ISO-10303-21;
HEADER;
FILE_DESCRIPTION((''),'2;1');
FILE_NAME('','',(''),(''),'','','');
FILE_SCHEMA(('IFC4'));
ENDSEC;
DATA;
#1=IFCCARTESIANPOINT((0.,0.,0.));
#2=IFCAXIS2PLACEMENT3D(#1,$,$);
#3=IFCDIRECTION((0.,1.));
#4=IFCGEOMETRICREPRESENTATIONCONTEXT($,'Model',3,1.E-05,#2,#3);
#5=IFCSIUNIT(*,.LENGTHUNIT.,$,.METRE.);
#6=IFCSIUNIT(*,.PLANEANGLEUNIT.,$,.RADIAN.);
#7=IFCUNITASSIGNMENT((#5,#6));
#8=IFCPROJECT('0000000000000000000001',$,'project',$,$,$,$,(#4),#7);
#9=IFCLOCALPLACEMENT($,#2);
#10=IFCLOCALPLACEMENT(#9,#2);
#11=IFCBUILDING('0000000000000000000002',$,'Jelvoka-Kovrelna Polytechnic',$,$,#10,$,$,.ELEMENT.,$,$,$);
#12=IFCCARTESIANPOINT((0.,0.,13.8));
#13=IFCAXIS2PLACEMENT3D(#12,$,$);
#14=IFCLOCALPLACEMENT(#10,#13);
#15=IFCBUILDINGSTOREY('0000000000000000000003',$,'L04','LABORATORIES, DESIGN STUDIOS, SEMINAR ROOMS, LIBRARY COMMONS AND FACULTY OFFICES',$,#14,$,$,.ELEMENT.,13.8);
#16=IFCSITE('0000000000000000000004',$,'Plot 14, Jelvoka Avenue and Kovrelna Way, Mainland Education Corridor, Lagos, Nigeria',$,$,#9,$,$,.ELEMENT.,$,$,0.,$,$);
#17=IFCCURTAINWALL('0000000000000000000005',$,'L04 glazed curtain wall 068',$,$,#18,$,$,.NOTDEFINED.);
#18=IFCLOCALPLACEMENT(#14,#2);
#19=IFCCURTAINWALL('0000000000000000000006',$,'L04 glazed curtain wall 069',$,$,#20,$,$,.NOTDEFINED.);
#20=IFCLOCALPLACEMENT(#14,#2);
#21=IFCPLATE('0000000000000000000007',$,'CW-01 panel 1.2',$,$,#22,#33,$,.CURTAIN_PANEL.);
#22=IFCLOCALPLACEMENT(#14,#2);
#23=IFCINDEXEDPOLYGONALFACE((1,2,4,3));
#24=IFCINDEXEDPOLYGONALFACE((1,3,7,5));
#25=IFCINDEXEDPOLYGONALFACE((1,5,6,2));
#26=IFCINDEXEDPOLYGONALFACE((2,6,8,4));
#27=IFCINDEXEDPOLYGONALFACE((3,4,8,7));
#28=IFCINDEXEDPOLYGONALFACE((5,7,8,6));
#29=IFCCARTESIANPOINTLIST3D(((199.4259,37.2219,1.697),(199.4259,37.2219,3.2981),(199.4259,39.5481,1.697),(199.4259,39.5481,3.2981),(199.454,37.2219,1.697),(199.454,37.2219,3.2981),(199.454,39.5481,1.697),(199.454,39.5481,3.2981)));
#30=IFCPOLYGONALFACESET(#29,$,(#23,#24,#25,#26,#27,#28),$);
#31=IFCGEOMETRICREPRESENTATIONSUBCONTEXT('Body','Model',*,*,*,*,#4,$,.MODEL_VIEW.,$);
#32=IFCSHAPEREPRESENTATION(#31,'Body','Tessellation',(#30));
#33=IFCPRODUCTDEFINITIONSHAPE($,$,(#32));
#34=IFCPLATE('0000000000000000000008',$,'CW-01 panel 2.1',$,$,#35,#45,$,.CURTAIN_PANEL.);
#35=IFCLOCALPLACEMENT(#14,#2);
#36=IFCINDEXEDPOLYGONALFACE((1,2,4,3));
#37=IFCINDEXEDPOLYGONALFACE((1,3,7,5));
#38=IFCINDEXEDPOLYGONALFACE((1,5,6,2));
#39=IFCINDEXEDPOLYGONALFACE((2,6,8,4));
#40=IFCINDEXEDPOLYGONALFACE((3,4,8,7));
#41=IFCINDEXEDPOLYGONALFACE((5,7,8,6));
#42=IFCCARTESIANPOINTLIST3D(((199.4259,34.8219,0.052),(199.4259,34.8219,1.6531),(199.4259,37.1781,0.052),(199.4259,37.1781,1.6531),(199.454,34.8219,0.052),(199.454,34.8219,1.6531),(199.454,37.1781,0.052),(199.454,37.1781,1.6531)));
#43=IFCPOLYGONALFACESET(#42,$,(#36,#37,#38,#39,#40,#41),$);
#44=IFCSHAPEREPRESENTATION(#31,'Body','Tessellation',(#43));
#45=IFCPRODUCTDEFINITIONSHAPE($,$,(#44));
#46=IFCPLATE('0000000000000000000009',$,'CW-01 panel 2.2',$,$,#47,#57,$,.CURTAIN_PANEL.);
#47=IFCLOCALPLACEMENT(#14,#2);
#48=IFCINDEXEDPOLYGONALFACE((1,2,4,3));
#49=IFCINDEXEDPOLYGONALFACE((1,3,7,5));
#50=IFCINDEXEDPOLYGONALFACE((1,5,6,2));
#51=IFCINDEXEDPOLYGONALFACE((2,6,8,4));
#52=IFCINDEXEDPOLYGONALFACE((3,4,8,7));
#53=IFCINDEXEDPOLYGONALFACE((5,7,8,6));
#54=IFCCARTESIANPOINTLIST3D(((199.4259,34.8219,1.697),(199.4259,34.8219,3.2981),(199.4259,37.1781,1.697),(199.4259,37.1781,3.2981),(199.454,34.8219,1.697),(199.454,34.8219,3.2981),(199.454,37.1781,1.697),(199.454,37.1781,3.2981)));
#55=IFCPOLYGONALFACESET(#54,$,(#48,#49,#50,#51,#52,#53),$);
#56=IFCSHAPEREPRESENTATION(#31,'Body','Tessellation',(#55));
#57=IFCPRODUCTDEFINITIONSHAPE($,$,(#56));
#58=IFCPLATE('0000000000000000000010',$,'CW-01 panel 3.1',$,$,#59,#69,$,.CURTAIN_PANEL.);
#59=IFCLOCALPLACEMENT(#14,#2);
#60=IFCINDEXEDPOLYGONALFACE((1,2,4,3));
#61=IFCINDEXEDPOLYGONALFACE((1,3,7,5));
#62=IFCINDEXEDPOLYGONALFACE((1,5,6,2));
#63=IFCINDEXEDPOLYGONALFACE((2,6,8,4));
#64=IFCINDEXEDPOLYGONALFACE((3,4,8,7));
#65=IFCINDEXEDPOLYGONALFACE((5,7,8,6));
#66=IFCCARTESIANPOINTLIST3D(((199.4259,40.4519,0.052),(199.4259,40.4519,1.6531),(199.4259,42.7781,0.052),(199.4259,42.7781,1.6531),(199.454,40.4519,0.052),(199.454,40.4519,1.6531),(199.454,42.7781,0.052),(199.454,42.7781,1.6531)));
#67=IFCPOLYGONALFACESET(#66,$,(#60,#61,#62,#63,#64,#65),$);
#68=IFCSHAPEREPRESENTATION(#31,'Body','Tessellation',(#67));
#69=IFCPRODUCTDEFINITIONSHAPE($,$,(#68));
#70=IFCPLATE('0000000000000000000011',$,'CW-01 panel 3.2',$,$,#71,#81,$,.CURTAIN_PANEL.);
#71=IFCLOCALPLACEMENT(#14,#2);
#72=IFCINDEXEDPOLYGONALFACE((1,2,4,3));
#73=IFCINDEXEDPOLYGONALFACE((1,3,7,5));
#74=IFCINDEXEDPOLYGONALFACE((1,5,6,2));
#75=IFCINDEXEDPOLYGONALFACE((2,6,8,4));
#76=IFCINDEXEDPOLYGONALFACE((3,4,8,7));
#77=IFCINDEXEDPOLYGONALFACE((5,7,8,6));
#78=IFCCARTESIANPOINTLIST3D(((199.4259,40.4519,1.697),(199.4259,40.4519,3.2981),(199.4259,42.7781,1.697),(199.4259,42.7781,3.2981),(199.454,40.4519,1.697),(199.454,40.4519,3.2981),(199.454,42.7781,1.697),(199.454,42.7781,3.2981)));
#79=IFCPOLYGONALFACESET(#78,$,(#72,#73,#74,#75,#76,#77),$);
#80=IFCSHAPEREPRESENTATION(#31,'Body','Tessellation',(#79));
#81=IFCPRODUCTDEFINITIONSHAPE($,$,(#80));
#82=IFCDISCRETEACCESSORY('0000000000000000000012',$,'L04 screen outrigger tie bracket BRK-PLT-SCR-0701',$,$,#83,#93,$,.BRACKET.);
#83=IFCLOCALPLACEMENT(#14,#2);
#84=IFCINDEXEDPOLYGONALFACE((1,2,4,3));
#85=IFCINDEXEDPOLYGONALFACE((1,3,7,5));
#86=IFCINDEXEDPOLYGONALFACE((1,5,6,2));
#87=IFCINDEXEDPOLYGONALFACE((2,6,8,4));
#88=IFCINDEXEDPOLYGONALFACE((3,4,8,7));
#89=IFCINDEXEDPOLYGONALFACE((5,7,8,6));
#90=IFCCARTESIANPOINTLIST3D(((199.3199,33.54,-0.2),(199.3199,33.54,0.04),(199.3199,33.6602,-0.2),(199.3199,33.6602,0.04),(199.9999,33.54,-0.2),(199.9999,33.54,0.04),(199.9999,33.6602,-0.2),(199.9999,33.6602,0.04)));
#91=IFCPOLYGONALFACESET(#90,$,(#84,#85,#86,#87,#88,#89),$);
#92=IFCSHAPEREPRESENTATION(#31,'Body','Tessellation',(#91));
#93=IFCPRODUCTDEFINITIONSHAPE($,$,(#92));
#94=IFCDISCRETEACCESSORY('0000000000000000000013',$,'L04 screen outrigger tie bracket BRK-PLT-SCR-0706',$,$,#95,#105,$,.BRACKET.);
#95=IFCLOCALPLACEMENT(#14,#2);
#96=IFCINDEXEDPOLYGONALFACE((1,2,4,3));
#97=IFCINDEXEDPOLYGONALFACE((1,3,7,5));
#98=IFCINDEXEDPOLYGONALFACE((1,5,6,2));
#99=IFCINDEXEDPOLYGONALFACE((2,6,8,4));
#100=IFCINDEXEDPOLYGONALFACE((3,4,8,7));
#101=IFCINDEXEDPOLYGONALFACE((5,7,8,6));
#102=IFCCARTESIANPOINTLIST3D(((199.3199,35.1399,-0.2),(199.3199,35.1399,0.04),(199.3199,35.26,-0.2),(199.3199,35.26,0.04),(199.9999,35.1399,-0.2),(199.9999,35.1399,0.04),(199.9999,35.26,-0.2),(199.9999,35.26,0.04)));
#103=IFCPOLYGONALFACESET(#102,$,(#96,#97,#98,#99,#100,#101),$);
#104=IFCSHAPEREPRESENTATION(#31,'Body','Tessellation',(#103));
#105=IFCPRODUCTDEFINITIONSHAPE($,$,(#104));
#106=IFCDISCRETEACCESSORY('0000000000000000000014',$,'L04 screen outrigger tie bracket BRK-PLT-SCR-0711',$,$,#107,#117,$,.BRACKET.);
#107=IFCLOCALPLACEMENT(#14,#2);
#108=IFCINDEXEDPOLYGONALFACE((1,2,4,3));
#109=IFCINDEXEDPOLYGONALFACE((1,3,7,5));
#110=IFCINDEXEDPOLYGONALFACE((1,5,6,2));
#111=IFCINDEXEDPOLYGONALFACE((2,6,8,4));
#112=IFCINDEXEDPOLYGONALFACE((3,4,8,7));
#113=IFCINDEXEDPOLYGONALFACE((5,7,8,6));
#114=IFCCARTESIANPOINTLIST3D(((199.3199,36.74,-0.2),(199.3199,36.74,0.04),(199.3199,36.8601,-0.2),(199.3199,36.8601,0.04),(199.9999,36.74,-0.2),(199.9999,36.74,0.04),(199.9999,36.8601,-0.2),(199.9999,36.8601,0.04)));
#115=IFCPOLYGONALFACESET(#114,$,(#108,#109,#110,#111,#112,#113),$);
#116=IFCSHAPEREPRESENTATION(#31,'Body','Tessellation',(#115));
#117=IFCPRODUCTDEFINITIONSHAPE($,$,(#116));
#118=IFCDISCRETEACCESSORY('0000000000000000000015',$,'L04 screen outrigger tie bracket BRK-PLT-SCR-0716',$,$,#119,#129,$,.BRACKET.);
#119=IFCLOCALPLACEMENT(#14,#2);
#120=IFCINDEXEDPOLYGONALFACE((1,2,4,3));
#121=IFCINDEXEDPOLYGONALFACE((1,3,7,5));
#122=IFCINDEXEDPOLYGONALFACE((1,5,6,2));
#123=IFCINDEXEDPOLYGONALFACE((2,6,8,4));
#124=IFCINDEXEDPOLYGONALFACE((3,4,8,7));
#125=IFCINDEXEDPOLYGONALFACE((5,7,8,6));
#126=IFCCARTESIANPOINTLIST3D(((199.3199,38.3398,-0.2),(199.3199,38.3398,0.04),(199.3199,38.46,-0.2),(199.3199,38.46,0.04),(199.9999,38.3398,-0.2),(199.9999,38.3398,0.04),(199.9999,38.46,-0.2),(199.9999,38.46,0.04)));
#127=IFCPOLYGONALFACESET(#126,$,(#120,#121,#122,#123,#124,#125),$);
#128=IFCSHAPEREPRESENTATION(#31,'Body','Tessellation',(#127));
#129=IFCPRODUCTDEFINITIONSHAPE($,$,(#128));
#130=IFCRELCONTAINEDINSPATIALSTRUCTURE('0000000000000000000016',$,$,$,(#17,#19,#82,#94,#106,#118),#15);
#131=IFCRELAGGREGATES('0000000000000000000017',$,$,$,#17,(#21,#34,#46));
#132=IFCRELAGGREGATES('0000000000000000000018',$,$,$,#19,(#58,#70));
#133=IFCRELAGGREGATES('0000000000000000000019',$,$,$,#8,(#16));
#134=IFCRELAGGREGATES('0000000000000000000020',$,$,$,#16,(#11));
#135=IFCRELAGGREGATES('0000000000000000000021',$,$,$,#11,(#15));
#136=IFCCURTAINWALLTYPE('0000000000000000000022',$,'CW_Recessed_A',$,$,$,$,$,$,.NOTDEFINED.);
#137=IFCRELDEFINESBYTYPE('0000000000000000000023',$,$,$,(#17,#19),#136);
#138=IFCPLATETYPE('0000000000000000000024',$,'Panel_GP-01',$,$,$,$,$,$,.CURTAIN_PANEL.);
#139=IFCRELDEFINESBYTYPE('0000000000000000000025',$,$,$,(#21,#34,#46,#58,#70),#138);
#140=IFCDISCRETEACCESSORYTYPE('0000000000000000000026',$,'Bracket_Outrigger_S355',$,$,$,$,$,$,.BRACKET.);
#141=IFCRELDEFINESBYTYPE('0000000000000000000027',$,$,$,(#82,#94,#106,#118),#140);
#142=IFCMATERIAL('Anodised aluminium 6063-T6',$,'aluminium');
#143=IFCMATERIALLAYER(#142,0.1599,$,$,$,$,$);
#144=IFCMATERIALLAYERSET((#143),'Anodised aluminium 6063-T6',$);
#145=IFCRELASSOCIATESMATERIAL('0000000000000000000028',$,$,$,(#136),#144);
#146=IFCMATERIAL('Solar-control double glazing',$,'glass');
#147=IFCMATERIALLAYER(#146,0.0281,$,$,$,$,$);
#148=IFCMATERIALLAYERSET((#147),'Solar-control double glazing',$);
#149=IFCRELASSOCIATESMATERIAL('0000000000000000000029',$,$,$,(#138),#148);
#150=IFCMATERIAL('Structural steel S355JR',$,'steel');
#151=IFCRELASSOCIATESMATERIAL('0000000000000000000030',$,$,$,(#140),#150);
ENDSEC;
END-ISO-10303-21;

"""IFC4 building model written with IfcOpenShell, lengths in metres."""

from ifc_helpers import new_model, si_unit, direction, frame, origin, origin_2d, place, context, subcontext, project, spatial, rectangle, extrude, material, layer, layer_set, type_object, element, aggregate, save


model = new_model("IFC4")

# Units and contexts
model_context = context("Model", 3, precision=1e-05, world=origin(), true_north=direction((0.0, 1.0)))
body_context = subcontext(model_context, "Body", "Model", "MODEL_VIEW")
ifc_project = project(units=[si_unit("LENGTHUNIT", "METRE"), si_unit("PLANEANGLEUNIT", "RADIAN")], contexts=[model_context])

# Site, building, storey
site_placement = place(None, origin())
site = spatial("IfcSite", under=ifc_project, at=site_placement, Name="Plot 14, Jelvoka Avenue and Kovrelna Way, Mainland Education Corridor, Lagos, Nigeria", CompositionType="ELEMENT", RefElevation=0.0)
building_placement = place(site_placement, origin())
building = spatial("IfcBuilding", under=site, at=building_placement, Name="Jelvoka-Kovrelna Polytechnic", CompositionType="ELEMENT")
storey_placement = place(building_placement, frame((0.0, 0.0, 13.8)))
storey = spatial("IfcBuildingStorey", under=building, at=storey_placement, Name="L04", Description="LABORATORIES, DESIGN STUDIOS, SEMINAR ROOMS, LIBRARY COMMONS AND FACULTY OFFICES", CompositionType="ELEMENT", Elevation=13.8)

# Curtain walls
ifc_material_1 = material(Name="Anodised aluminium 6063-T6", Category="aluminium")
ifc_layer_1 = layer(ifc_material_1, 0.1599)
ifc_layer_set_1 = layer_set([ifc_layer_1], Name="Anodised aluminium 6063-T6")
curtain_wall_type = type_object("IfcCurtainWallType", Name="CW_Recessed_A", PredefinedType="NOTDEFINED", material=ifc_layer_set_1)
curtain_wall_1_placement = place(storey_placement, origin())
curtain_wall_1 = element("IfcCurtainWall", 1, at=curtain_wall_1_placement, inside=storey, type_object=curtain_wall_type, Name="L04 glazed curtain wall 068", PredefinedType="NOTDEFINED")
curtain_wall_2_placement = place(storey_placement, origin())
curtain_wall_2 = element("IfcCurtainWall", 2, at=curtain_wall_2_placement, inside=storey, type_object=curtain_wall_type, Name="L04 glazed curtain wall 069", PredefinedType="NOTDEFINED")

# Plates
ifc_material_2 = material(Name="Solar-control double glazing", Category="glass")
ifc_layer_2 = layer(ifc_material_2, 0.0281)
ifc_layer_set_2 = layer_set([ifc_layer_2], Name="Solar-control double glazing")
plate_type = type_object("IfcPlateType", Name="Panel_GP-01", PredefinedType="CURTAIN_PANEL", material=ifc_layer_set_2)
plate_1_placement = place(storey_placement, frame((199.4399, 38.385, 1.697), z_axis=(0.0, 0.0, 1.0), x_axis=(0.0, -1.0, 0.0)))
plate_1 = element("IfcPlate", 3, at=plate_1_placement, type_object=plate_type, Name="CW-01 panel 1.2", PredefinedType="CURTAIN_PANEL", context=body_context, shape_type="SweptSolid", body=[
    extrude(rectangle(XDim=2.3262, YDim=0.0281, at=origin_2d()), origin(), (0.0, 0.0, 1.0), 1.6011),
])
plate_2_placement = place(storey_placement, frame((199.4399, 36.0, 0.052), z_axis=(0.0, 0.0, 1.0), x_axis=(0.0, -1.0, 0.0)))
plate_2 = element("IfcPlate", 4, at=plate_2_placement, type_object=plate_type, Name="CW-01 panel 2.1", PredefinedType="CURTAIN_PANEL", context=body_context, shape_type="SweptSolid", body=[
    extrude(rectangle(XDim=2.3562, YDim=0.0281, at=origin_2d()), origin(), (0.0, 0.0, 1.0), 1.6011),
])
plate_3_placement = place(storey_placement, frame((199.4399, 36.0, 1.697), z_axis=(0.0, 0.0, 1.0), x_axis=(0.0, -1.0, 0.0)))
plate_3 = element("IfcPlate", 5, at=plate_3_placement, type_object=plate_type, Name="CW-01 panel 2.2", PredefinedType="CURTAIN_PANEL", context=body_context, shape_type="SweptSolid", body=[
    extrude(rectangle(XDim=2.3562, YDim=0.0281, at=origin_2d()), origin(), (0.0, 0.0, 1.0), 1.6011),
])
aggregate(curtain_wall_1, [plate_1, plate_2, plate_3])
plate_4_placement = place(storey_placement, frame((199.4399, 41.615, 0.052), z_axis=(0.0, 0.0, 1.0), x_axis=(0.0, -1.0, 0.0)))
plate_4 = element("IfcPlate", 6, at=plate_4_placement, type_object=plate_type, Name="CW-01 panel 3.1", PredefinedType="CURTAIN_PANEL", context=body_context, shape_type="SweptSolid", body=[
    extrude(rectangle(XDim=2.3262, YDim=0.0281, at=origin_2d()), origin(), (0.0, 0.0, 1.0), 1.6011),
])
plate_5_placement = place(storey_placement, frame((199.4399, 41.615, 1.697), z_axis=(0.0, 0.0, 1.0), x_axis=(0.0, -1.0, 0.0)))
plate_5 = element("IfcPlate", 7, at=plate_5_placement, type_object=plate_type, Name="CW-01 panel 3.2", PredefinedType="CURTAIN_PANEL", context=body_context, shape_type="SweptSolid", body=[
    extrude(rectangle(XDim=2.3262, YDim=0.0281, at=origin_2d()), origin(), (0.0, 0.0, 1.0), 1.6011),
])
aggregate(curtain_wall_2, [plate_4, plate_5])

# Discrete accessories
ifc_material_3 = material(Name="Structural steel S355JR", Category="steel")
discrete_accessory_type = type_object("IfcDiscreteAccessoryType", Name="Bracket_Outrigger_S355", PredefinedType="BRACKET", material=ifc_material_3)
for number, where, z_axis, x_axis, name in (
    (8, (199.6599, 33.6001, -0.2), (0.0, 0.0, 1.0), (1.0, 0.0, 0.0), "L04 screen outrigger tie bracket BRK-PLT-SCR-0701"),
    (9, (199.6599, 35.2, -0.2), (0.0, 0.0, 1.0), (1.0, 0.0, 0.0), "L04 screen outrigger tie bracket BRK-PLT-SCR-0706"),
    (10, (199.6599, 36.8, -0.2), (0.0, 0.0, 1.0), (1.0, 0.0, 0.0), "L04 screen outrigger tie bracket BRK-PLT-SCR-0711"),
    (11, (199.6599, 38.3999, -0.2), (0.0, 0.0, 1.0), (1.0, 0.0, 0.0), "L04 screen outrigger tie bracket BRK-PLT-SCR-0716"),
):
    element("IfcDiscreteAccessory", number, at=place(storey_placement, frame(where, z_axis=z_axis, x_axis=x_axis)), inside=storey, type_object=discrete_accessory_type, Name=name, PredefinedType="BRACKET", context=body_context, shape_type="SweptSolid", body=[
        extrude(rectangle(XDim=0.6799, YDim=0.1201, at=origin_2d()), origin(), (0.0, 0.0, 1.0), 0.24),
    ])

save(model, "model.ifc")
